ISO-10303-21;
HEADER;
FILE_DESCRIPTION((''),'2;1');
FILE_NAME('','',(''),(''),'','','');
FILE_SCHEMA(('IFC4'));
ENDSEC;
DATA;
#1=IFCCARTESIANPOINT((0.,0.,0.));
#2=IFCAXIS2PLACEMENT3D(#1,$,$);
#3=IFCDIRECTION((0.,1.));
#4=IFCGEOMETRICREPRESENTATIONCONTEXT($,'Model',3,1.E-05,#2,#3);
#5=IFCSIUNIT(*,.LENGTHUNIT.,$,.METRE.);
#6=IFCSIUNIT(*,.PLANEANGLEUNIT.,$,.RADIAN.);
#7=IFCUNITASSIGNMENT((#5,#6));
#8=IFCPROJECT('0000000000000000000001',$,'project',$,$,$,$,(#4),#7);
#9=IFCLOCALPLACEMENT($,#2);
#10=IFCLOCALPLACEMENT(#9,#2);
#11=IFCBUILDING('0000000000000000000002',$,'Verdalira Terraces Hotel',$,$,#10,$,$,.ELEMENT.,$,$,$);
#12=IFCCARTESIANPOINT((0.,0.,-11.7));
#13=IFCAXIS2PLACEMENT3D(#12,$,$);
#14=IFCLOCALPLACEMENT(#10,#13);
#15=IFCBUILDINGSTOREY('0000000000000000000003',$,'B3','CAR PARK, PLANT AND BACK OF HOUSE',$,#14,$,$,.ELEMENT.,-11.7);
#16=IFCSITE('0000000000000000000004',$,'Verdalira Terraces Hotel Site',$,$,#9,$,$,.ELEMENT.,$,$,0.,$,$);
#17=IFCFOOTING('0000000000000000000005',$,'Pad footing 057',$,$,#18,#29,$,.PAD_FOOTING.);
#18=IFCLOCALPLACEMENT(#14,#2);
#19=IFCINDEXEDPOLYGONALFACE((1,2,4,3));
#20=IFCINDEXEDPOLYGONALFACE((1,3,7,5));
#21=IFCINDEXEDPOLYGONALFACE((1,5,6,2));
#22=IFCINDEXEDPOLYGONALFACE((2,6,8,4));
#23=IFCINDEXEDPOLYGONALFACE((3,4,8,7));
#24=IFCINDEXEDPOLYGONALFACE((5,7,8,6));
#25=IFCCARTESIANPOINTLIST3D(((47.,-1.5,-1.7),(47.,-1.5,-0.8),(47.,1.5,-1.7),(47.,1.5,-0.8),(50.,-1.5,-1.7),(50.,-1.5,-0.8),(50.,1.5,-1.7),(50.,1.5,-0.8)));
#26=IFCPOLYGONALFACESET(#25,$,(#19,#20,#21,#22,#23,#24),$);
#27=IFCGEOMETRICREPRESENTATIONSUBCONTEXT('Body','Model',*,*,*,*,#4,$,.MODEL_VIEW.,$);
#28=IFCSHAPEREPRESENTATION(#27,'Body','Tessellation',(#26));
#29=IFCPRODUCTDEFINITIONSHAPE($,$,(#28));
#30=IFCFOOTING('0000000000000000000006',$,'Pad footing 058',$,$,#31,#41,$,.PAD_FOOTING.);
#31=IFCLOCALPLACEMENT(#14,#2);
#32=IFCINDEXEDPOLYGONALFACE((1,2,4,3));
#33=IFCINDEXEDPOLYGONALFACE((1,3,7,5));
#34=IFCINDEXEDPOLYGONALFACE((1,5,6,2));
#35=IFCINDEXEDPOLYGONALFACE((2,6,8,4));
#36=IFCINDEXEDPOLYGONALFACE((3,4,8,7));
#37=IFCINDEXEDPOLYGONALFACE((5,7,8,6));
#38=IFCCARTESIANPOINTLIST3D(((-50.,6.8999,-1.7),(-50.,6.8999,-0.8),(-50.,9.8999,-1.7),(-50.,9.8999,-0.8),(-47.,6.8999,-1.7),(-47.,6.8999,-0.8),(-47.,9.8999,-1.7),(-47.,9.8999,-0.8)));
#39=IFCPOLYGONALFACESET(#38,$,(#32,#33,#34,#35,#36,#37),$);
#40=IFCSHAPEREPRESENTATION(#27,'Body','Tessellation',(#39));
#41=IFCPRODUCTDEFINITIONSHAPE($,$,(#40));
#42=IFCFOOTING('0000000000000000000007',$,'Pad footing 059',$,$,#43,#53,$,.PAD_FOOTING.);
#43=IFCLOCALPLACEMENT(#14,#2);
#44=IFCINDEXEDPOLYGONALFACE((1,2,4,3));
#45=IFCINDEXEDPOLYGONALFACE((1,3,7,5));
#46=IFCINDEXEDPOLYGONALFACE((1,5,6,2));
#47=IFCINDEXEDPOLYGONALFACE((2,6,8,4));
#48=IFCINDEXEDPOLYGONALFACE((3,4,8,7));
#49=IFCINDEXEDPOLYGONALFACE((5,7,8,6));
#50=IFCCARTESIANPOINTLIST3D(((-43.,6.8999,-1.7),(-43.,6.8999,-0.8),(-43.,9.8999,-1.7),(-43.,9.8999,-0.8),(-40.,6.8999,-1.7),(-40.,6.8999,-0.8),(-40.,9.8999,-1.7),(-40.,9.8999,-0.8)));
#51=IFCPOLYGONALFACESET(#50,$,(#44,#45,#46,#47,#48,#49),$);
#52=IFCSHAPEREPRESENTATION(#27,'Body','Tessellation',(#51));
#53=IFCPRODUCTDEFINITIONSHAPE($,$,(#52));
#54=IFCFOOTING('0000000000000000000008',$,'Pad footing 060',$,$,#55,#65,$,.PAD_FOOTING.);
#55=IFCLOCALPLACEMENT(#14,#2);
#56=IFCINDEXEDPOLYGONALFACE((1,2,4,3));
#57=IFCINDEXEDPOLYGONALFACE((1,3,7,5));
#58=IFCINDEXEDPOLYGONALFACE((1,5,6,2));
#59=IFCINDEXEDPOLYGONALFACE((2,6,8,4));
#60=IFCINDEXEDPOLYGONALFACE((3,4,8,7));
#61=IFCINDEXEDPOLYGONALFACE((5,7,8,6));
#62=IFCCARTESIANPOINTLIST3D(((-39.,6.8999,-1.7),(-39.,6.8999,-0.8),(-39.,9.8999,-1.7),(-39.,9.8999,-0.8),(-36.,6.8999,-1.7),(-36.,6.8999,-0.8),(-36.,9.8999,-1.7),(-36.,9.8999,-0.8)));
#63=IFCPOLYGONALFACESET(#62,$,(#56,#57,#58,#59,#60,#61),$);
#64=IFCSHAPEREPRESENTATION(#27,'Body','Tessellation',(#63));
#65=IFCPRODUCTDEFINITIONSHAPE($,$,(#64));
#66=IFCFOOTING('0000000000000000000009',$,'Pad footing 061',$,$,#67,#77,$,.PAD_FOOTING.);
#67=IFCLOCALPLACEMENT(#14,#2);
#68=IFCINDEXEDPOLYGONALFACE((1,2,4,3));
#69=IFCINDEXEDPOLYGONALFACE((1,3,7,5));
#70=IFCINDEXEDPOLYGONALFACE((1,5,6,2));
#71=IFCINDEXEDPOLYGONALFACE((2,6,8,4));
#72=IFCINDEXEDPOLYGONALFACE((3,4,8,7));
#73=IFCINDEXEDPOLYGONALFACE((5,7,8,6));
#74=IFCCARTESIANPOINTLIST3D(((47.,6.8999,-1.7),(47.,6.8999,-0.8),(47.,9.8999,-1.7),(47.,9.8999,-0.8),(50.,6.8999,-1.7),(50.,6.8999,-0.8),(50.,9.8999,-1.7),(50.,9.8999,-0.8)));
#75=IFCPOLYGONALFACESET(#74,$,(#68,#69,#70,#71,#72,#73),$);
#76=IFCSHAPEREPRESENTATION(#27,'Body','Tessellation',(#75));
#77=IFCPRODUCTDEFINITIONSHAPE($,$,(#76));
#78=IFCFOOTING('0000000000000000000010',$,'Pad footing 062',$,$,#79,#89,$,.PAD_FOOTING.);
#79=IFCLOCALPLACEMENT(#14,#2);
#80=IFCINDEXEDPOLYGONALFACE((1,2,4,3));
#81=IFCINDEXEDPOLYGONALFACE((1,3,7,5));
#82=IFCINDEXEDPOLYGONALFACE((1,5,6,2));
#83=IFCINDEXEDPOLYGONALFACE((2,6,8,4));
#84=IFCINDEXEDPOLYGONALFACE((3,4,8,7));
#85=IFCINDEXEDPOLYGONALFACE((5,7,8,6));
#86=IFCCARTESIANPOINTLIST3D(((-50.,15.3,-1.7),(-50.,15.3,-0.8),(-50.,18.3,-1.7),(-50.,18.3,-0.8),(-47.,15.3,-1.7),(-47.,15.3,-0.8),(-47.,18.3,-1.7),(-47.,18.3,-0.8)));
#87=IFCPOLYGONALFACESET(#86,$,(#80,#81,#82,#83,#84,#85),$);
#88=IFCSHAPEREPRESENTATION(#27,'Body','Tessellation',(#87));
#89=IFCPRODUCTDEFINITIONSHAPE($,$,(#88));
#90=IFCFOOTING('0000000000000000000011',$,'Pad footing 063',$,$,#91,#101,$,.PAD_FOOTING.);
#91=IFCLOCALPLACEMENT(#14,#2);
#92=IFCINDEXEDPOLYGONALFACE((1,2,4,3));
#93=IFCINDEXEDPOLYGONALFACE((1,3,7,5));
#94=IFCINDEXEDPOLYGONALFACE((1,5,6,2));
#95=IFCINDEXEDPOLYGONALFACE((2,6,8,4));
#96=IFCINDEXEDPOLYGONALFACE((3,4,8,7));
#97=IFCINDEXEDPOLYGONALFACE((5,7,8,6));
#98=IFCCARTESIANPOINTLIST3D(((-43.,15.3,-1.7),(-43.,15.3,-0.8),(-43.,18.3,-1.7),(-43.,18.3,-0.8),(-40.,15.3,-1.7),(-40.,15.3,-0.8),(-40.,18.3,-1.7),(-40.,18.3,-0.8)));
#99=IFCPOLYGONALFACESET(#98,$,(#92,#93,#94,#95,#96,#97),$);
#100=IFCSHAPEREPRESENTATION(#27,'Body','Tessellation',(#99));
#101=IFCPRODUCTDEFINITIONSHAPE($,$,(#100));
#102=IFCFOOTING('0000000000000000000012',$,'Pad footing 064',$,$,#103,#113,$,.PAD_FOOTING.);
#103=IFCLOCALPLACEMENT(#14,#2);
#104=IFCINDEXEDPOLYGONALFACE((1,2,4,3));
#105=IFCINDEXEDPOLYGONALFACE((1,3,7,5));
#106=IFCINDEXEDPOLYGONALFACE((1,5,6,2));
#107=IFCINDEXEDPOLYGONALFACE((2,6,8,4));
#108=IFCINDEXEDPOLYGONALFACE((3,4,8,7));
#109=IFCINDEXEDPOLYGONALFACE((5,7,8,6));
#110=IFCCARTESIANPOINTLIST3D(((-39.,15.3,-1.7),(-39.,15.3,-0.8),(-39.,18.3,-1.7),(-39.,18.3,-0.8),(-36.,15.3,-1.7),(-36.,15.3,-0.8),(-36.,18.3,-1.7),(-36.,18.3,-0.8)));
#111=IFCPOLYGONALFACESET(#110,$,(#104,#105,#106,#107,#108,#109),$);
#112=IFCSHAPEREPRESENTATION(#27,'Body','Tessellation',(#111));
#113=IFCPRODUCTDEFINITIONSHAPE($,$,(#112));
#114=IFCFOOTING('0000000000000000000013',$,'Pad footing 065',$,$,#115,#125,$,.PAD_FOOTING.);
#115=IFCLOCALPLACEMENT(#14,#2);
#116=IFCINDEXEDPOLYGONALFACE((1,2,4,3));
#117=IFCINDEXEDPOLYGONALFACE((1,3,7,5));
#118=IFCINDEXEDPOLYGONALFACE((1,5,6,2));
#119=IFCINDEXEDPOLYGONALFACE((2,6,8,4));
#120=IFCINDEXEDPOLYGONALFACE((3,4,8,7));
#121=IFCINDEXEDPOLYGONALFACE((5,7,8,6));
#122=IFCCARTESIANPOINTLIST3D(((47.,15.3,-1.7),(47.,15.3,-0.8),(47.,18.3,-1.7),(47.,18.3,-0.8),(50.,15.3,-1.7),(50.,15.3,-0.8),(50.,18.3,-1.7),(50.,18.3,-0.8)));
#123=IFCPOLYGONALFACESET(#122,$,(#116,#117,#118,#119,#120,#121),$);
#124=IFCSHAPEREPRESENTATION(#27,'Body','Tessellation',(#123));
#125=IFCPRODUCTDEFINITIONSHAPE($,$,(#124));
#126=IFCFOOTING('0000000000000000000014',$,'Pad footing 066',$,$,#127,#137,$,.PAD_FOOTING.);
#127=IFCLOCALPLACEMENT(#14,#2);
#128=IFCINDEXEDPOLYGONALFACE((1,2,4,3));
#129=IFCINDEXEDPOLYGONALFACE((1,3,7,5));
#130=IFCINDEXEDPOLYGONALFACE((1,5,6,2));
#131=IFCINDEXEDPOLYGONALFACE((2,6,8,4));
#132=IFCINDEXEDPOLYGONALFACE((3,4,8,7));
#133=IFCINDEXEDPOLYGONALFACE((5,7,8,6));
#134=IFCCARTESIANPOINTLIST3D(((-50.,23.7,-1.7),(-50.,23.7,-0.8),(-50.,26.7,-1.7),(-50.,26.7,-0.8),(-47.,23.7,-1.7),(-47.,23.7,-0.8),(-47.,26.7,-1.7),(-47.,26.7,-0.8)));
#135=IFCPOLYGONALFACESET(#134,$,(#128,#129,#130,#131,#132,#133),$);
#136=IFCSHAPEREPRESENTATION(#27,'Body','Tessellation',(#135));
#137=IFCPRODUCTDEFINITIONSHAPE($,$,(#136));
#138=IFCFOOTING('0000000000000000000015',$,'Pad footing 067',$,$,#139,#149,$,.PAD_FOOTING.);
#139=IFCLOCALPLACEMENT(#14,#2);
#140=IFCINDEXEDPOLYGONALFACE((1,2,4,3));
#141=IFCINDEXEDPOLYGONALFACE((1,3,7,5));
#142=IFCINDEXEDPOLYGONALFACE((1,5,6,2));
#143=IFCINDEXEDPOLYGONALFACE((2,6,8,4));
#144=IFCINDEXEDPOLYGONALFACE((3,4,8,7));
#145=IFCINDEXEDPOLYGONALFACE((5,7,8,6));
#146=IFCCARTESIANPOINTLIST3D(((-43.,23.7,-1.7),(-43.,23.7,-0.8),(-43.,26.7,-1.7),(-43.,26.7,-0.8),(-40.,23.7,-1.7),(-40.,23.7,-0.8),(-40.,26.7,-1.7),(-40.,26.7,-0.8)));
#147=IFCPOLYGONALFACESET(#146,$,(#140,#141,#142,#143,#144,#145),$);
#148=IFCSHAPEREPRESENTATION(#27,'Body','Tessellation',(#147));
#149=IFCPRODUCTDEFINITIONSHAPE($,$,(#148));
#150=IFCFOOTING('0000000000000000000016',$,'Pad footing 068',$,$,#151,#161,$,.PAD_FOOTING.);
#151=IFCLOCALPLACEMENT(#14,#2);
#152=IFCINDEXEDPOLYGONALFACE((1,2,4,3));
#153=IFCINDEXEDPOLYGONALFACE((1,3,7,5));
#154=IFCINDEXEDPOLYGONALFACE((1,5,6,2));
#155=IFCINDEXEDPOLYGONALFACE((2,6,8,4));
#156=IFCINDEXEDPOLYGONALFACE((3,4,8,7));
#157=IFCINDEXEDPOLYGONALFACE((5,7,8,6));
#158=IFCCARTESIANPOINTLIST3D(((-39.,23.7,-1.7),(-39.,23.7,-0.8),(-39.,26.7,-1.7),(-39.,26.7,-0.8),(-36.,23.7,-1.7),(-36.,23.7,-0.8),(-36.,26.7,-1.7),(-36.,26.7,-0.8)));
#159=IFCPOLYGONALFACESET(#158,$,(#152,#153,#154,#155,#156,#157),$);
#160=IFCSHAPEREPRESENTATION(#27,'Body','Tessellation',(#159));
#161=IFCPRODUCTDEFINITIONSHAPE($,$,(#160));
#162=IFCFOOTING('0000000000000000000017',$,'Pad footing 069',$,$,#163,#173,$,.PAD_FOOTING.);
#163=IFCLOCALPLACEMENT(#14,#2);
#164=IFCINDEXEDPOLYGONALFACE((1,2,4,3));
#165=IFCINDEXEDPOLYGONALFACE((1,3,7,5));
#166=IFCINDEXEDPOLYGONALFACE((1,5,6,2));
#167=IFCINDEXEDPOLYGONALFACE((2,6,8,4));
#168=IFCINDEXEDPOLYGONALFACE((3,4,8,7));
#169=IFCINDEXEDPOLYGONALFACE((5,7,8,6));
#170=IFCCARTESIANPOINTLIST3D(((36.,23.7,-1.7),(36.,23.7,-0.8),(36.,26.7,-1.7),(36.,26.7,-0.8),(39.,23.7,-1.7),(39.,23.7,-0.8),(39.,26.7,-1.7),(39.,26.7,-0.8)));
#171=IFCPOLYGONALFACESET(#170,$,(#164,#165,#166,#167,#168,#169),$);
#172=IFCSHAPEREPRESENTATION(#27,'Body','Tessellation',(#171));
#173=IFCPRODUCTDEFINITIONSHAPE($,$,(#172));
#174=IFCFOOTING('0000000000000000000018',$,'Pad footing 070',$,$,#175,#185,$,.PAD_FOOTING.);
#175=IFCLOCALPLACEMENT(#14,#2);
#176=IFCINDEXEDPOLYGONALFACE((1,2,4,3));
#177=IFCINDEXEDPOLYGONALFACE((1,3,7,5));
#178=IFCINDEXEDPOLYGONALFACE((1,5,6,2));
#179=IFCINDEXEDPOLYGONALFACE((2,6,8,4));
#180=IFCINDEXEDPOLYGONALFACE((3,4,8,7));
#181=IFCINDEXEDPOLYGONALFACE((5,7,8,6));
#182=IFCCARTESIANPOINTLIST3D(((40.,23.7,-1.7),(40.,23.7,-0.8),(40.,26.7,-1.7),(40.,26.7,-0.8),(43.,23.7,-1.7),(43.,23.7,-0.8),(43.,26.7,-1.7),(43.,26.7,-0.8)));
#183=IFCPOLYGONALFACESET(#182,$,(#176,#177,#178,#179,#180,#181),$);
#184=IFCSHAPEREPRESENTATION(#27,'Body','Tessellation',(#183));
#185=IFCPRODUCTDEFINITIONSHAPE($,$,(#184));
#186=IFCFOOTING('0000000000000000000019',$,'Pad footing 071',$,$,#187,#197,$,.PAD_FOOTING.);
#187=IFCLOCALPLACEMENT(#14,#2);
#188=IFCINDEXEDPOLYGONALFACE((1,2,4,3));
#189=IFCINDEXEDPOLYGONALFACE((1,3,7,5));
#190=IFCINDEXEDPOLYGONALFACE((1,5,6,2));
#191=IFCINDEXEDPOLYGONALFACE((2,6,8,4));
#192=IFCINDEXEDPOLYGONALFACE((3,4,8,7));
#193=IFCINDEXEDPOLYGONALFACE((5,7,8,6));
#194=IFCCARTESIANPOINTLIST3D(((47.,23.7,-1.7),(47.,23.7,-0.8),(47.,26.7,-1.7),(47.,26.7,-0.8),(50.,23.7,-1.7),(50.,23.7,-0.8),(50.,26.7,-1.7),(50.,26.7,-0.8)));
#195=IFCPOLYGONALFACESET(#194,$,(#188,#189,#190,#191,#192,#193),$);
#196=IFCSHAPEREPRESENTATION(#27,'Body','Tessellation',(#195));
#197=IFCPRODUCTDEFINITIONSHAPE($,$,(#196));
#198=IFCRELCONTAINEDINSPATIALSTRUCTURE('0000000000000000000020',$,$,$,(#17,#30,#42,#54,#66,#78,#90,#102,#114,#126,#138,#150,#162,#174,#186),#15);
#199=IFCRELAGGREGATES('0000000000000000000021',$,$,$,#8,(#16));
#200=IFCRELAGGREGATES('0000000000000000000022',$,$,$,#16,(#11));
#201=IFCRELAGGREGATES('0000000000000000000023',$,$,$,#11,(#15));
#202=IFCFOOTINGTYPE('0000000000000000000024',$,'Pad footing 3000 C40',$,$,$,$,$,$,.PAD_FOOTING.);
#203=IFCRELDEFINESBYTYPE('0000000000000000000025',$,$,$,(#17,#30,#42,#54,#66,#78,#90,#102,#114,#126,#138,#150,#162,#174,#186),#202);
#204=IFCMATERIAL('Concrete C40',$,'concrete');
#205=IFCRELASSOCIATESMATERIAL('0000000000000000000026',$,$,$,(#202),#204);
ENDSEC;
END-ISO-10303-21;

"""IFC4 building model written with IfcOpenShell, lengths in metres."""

from ifc_helpers import new_model, si_unit, direction, frame, origin, place, context, subcontext, project, spatial, polyline, outline, extrude, material, type_object, element, save


model = new_model("IFC4")

# Units and contexts
model_context = context("Model", 3, precision=1e-05, world=origin(), true_north=direction((0.0, 1.0)))
body_context = subcontext(model_context, "Body", "Model", "MODEL_VIEW")
ifc_project = project(units=[si_unit("LENGTHUNIT", "METRE"), si_unit("PLANEANGLEUNIT", "RADIAN")], contexts=[model_context])

# Site, building, storey
site_placement = place(None, origin())
site = spatial("IfcSite", under=ifc_project, at=site_placement, Name="Verdalira Terraces Hotel Site", CompositionType="ELEMENT", RefElevation=0.0)
building_placement = place(site_placement, origin())
building = spatial("IfcBuilding", under=site, at=building_placement, Name="Verdalira Terraces Hotel", CompositionType="ELEMENT")
storey_placement = place(building_placement, frame((0.0, 0.0, -11.7)))
storey = spatial("IfcBuildingStorey", under=building, at=storey_placement, Name="B3", Description="CAR PARK, PLANT AND BACK OF HOUSE", CompositionType="ELEMENT", Elevation=-11.7)

# Footings
ifc_material = material(Name="Concrete C40", Category="concrete")
footing_type = type_object("IfcFootingType", Name="Pad footing 3000 C40", PredefinedType="PAD_FOOTING", material=ifc_material)
footing_1_placement = place(storey_placement, frame((0.0, 0.0, -1.7)))
element("IfcFooting", 1, at=footing_1_placement, inside=storey, type_object=footing_type, Name="Pad footing 057", PredefinedType="PAD_FOOTING", context=body_context, shape_type="SweptSolid", body=[
    extrude(outline(polyline([(50.0, -1.5), (50.0, 1.5), (47.0, 1.5), (47.0, -1.5), (50.0, -1.5)])), origin(), (0.0, 0.0, 1.0), 0.8999),
])
footing_2_placement = place(storey_placement, frame((0.0, 0.0, -1.7)))
element("IfcFooting", 2, at=footing_2_placement, inside=storey, type_object=footing_type, Name="Pad footing 058", PredefinedType="PAD_FOOTING", context=body_context, shape_type="SweptSolid", body=[
    extrude(outline(polyline([(-47.0, 6.8999), (-47.0, 9.8999), (-50.0, 9.8999), (-50.0, 6.8999), (-47.0, 6.8999)])), origin(), (0.0, 0.0, 1.0), 0.8999),
])
footing_3_placement = place(storey_placement, frame((0.0, 0.0, -1.7)))
element("IfcFooting", 3, at=footing_3_placement, inside=storey, type_object=footing_type, Name="Pad footing 059", PredefinedType="PAD_FOOTING", context=body_context, shape_type="SweptSolid", body=[
    extrude(outline(polyline([(-40.0, 6.8999), (-40.0, 9.8999), (-43.0, 9.8999), (-43.0, 6.8999), (-40.0, 6.8999)])), origin(), (0.0, 0.0, 1.0), 0.8999),
])
footing_4_placement = place(storey_placement, frame((0.0, 0.0, -1.7)))
element("IfcFooting", 4, at=footing_4_placement, inside=storey, type_object=footing_type, Name="Pad footing 060", PredefinedType="PAD_FOOTING", context=body_context, shape_type="SweptSolid", body=[
    extrude(outline(polyline([(-36.0, 6.8999), (-36.0, 9.8999), (-39.0, 9.8999), (-39.0, 6.8999), (-36.0, 6.8999)])), origin(), (0.0, 0.0, 1.0), 0.8999),
])
footing_5_placement = place(storey_placement, frame((0.0, 0.0, -1.7)))
element("IfcFooting", 5, at=footing_5_placement, inside=storey, type_object=footing_type, Name="Pad footing 061", PredefinedType="PAD_FOOTING", context=body_context, shape_type="SweptSolid", body=[
    extrude(outline(polyline([(50.0, 6.8999), (50.0, 9.8999), (47.0, 9.8999), (47.0, 6.8999), (50.0, 6.8999)])), origin(), (0.0, 0.0, 1.0), 0.8999),
])
footing_6_placement = place(storey_placement, frame((0.0, 0.0, -1.7)))
element("IfcFooting", 6, at=footing_6_placement, inside=storey, type_object=footing_type, Name="Pad footing 062", PredefinedType="PAD_FOOTING", context=body_context, shape_type="SweptSolid", body=[
    extrude(outline(polyline([(-47.0, 15.3), (-47.0, 18.3), (-50.0, 18.3), (-50.0, 15.3), (-47.0, 15.3)])), origin(), (0.0, 0.0, 1.0), 0.8999),
])
footing_7_placement = place(storey_placement, frame((0.0, 0.0, -1.7)))
element("IfcFooting", 7, at=footing_7_placement, inside=storey, type_object=footing_type, Name="Pad footing 063", PredefinedType="PAD_FOOTING", context=body_context, shape_type="SweptSolid", body=[
    extrude(outline(polyline([(-40.0, 15.3), (-40.0, 18.3), (-43.0, 18.3), (-43.0, 15.3), (-40.0, 15.3)])), origin(), (0.0, 0.0, 1.0), 0.8999),
])
footing_8_placement = place(storey_placement, frame((0.0, 0.0, -1.7)))
element("IfcFooting", 8, at=footing_8_placement, inside=storey, type_object=footing_type, Name="Pad footing 064", PredefinedType="PAD_FOOTING", context=body_context, shape_type="SweptSolid", body=[
    extrude(outline(polyline([(-36.0, 15.3), (-36.0, 18.3), (-39.0, 18.3), (-39.0, 15.3), (-36.0, 15.3)])), origin(), (0.0, 0.0, 1.0), 0.8999),
])
footing_9_placement = place(storey_placement, frame((0.0, 0.0, -1.7)))
element("IfcFooting", 9, at=footing_9_placement, inside=storey, type_object=footing_type, Name="Pad footing 065", PredefinedType="PAD_FOOTING", context=body_context, shape_type="SweptSolid", body=[
    extrude(outline(polyline([(50.0, 15.3), (50.0, 18.3), (47.0, 18.3), (47.0, 15.3), (50.0, 15.3)])), origin(), (0.0, 0.0, 1.0), 0.8999),
])
footing_10_placement = place(storey_placement, frame((0.0, 0.0, -1.7)))
element("IfcFooting", 10, at=footing_10_placement, inside=storey, type_object=footing_type, Name="Pad footing 066", PredefinedType="PAD_FOOTING", context=body_context, shape_type="SweptSolid", body=[
    extrude(outline(polyline([(-47.0, 23.7), (-47.0, 26.7), (-50.0, 26.7), (-50.0, 23.7), (-47.0, 23.7)])), origin(), (0.0, 0.0, 1.0), 0.8999),
])
footing_11_placement = place(storey_placement, frame((0.0, 0.0, -1.7)))
element("IfcFooting", 11, at=footing_11_placement, inside=storey, type_object=footing_type, Name="Pad footing 067", PredefinedType="PAD_FOOTING", context=body_context, shape_type="SweptSolid", body=[
    extrude(outline(polyline([(-40.0, 23.7), (-40.0, 26.7), (-43.0, 26.7), (-43.0, 23.7), (-40.0, 23.7)])), origin(), (0.0, 0.0, 1.0), 0.8999),
])
footing_12_placement = place(storey_placement, frame((0.0, 0.0, -1.7)))
element("IfcFooting", 12, at=footing_12_placement, inside=storey, type_object=footing_type, Name="Pad footing 068", PredefinedType="PAD_FOOTING", context=body_context, shape_type="SweptSolid", body=[
    extrude(outline(polyline([(-36.0, 23.7), (-36.0, 26.7), (-39.0, 26.7), (-39.0, 23.7), (-36.0, 23.7)])), origin(), (0.0, 0.0, 1.0), 0.8999),
])
footing_13_placement = place(storey_placement, frame((0.0, 0.0, -1.7)))
element("IfcFooting", 13, at=footing_13_placement, inside=storey, type_object=footing_type, Name="Pad footing 069", PredefinedType="PAD_FOOTING", context=body_context, shape_type="SweptSolid", body=[
    extrude(outline(polyline([(39.0, 23.7), (39.0, 26.7), (36.0, 26.7), (36.0, 23.7), (39.0, 23.7)])), origin(), (0.0, 0.0, 1.0), 0.8999),
])
footing_14_placement = place(storey_placement, frame((0.0, 0.0, -1.7)))
element("IfcFooting", 14, at=footing_14_placement, inside=storey, type_object=footing_type, Name="Pad footing 070", PredefinedType="PAD_FOOTING", context=body_context, shape_type="SweptSolid", body=[
    extrude(outline(polyline([(43.0, 23.7), (43.0, 26.7), (40.0, 26.7), (40.0, 23.7), (43.0, 23.7)])), origin(), (0.0, 0.0, 1.0), 0.8999),
])
footing_15_placement = place(storey_placement, frame((0.0, 0.0, -1.7)))
element("IfcFooting", 15, at=footing_15_placement, inside=storey, type_object=footing_type, Name="Pad footing 071", PredefinedType="PAD_FOOTING", context=body_context, shape_type="SweptSolid", body=[
    extrude(outline(polyline([(50.0, 23.7), (50.0, 26.7), (47.0, 26.7), (47.0, 23.7), (50.0, 23.7)])), origin(), (0.0, 0.0, 1.0), 0.8999),
])

save(model, "model.ifc")
